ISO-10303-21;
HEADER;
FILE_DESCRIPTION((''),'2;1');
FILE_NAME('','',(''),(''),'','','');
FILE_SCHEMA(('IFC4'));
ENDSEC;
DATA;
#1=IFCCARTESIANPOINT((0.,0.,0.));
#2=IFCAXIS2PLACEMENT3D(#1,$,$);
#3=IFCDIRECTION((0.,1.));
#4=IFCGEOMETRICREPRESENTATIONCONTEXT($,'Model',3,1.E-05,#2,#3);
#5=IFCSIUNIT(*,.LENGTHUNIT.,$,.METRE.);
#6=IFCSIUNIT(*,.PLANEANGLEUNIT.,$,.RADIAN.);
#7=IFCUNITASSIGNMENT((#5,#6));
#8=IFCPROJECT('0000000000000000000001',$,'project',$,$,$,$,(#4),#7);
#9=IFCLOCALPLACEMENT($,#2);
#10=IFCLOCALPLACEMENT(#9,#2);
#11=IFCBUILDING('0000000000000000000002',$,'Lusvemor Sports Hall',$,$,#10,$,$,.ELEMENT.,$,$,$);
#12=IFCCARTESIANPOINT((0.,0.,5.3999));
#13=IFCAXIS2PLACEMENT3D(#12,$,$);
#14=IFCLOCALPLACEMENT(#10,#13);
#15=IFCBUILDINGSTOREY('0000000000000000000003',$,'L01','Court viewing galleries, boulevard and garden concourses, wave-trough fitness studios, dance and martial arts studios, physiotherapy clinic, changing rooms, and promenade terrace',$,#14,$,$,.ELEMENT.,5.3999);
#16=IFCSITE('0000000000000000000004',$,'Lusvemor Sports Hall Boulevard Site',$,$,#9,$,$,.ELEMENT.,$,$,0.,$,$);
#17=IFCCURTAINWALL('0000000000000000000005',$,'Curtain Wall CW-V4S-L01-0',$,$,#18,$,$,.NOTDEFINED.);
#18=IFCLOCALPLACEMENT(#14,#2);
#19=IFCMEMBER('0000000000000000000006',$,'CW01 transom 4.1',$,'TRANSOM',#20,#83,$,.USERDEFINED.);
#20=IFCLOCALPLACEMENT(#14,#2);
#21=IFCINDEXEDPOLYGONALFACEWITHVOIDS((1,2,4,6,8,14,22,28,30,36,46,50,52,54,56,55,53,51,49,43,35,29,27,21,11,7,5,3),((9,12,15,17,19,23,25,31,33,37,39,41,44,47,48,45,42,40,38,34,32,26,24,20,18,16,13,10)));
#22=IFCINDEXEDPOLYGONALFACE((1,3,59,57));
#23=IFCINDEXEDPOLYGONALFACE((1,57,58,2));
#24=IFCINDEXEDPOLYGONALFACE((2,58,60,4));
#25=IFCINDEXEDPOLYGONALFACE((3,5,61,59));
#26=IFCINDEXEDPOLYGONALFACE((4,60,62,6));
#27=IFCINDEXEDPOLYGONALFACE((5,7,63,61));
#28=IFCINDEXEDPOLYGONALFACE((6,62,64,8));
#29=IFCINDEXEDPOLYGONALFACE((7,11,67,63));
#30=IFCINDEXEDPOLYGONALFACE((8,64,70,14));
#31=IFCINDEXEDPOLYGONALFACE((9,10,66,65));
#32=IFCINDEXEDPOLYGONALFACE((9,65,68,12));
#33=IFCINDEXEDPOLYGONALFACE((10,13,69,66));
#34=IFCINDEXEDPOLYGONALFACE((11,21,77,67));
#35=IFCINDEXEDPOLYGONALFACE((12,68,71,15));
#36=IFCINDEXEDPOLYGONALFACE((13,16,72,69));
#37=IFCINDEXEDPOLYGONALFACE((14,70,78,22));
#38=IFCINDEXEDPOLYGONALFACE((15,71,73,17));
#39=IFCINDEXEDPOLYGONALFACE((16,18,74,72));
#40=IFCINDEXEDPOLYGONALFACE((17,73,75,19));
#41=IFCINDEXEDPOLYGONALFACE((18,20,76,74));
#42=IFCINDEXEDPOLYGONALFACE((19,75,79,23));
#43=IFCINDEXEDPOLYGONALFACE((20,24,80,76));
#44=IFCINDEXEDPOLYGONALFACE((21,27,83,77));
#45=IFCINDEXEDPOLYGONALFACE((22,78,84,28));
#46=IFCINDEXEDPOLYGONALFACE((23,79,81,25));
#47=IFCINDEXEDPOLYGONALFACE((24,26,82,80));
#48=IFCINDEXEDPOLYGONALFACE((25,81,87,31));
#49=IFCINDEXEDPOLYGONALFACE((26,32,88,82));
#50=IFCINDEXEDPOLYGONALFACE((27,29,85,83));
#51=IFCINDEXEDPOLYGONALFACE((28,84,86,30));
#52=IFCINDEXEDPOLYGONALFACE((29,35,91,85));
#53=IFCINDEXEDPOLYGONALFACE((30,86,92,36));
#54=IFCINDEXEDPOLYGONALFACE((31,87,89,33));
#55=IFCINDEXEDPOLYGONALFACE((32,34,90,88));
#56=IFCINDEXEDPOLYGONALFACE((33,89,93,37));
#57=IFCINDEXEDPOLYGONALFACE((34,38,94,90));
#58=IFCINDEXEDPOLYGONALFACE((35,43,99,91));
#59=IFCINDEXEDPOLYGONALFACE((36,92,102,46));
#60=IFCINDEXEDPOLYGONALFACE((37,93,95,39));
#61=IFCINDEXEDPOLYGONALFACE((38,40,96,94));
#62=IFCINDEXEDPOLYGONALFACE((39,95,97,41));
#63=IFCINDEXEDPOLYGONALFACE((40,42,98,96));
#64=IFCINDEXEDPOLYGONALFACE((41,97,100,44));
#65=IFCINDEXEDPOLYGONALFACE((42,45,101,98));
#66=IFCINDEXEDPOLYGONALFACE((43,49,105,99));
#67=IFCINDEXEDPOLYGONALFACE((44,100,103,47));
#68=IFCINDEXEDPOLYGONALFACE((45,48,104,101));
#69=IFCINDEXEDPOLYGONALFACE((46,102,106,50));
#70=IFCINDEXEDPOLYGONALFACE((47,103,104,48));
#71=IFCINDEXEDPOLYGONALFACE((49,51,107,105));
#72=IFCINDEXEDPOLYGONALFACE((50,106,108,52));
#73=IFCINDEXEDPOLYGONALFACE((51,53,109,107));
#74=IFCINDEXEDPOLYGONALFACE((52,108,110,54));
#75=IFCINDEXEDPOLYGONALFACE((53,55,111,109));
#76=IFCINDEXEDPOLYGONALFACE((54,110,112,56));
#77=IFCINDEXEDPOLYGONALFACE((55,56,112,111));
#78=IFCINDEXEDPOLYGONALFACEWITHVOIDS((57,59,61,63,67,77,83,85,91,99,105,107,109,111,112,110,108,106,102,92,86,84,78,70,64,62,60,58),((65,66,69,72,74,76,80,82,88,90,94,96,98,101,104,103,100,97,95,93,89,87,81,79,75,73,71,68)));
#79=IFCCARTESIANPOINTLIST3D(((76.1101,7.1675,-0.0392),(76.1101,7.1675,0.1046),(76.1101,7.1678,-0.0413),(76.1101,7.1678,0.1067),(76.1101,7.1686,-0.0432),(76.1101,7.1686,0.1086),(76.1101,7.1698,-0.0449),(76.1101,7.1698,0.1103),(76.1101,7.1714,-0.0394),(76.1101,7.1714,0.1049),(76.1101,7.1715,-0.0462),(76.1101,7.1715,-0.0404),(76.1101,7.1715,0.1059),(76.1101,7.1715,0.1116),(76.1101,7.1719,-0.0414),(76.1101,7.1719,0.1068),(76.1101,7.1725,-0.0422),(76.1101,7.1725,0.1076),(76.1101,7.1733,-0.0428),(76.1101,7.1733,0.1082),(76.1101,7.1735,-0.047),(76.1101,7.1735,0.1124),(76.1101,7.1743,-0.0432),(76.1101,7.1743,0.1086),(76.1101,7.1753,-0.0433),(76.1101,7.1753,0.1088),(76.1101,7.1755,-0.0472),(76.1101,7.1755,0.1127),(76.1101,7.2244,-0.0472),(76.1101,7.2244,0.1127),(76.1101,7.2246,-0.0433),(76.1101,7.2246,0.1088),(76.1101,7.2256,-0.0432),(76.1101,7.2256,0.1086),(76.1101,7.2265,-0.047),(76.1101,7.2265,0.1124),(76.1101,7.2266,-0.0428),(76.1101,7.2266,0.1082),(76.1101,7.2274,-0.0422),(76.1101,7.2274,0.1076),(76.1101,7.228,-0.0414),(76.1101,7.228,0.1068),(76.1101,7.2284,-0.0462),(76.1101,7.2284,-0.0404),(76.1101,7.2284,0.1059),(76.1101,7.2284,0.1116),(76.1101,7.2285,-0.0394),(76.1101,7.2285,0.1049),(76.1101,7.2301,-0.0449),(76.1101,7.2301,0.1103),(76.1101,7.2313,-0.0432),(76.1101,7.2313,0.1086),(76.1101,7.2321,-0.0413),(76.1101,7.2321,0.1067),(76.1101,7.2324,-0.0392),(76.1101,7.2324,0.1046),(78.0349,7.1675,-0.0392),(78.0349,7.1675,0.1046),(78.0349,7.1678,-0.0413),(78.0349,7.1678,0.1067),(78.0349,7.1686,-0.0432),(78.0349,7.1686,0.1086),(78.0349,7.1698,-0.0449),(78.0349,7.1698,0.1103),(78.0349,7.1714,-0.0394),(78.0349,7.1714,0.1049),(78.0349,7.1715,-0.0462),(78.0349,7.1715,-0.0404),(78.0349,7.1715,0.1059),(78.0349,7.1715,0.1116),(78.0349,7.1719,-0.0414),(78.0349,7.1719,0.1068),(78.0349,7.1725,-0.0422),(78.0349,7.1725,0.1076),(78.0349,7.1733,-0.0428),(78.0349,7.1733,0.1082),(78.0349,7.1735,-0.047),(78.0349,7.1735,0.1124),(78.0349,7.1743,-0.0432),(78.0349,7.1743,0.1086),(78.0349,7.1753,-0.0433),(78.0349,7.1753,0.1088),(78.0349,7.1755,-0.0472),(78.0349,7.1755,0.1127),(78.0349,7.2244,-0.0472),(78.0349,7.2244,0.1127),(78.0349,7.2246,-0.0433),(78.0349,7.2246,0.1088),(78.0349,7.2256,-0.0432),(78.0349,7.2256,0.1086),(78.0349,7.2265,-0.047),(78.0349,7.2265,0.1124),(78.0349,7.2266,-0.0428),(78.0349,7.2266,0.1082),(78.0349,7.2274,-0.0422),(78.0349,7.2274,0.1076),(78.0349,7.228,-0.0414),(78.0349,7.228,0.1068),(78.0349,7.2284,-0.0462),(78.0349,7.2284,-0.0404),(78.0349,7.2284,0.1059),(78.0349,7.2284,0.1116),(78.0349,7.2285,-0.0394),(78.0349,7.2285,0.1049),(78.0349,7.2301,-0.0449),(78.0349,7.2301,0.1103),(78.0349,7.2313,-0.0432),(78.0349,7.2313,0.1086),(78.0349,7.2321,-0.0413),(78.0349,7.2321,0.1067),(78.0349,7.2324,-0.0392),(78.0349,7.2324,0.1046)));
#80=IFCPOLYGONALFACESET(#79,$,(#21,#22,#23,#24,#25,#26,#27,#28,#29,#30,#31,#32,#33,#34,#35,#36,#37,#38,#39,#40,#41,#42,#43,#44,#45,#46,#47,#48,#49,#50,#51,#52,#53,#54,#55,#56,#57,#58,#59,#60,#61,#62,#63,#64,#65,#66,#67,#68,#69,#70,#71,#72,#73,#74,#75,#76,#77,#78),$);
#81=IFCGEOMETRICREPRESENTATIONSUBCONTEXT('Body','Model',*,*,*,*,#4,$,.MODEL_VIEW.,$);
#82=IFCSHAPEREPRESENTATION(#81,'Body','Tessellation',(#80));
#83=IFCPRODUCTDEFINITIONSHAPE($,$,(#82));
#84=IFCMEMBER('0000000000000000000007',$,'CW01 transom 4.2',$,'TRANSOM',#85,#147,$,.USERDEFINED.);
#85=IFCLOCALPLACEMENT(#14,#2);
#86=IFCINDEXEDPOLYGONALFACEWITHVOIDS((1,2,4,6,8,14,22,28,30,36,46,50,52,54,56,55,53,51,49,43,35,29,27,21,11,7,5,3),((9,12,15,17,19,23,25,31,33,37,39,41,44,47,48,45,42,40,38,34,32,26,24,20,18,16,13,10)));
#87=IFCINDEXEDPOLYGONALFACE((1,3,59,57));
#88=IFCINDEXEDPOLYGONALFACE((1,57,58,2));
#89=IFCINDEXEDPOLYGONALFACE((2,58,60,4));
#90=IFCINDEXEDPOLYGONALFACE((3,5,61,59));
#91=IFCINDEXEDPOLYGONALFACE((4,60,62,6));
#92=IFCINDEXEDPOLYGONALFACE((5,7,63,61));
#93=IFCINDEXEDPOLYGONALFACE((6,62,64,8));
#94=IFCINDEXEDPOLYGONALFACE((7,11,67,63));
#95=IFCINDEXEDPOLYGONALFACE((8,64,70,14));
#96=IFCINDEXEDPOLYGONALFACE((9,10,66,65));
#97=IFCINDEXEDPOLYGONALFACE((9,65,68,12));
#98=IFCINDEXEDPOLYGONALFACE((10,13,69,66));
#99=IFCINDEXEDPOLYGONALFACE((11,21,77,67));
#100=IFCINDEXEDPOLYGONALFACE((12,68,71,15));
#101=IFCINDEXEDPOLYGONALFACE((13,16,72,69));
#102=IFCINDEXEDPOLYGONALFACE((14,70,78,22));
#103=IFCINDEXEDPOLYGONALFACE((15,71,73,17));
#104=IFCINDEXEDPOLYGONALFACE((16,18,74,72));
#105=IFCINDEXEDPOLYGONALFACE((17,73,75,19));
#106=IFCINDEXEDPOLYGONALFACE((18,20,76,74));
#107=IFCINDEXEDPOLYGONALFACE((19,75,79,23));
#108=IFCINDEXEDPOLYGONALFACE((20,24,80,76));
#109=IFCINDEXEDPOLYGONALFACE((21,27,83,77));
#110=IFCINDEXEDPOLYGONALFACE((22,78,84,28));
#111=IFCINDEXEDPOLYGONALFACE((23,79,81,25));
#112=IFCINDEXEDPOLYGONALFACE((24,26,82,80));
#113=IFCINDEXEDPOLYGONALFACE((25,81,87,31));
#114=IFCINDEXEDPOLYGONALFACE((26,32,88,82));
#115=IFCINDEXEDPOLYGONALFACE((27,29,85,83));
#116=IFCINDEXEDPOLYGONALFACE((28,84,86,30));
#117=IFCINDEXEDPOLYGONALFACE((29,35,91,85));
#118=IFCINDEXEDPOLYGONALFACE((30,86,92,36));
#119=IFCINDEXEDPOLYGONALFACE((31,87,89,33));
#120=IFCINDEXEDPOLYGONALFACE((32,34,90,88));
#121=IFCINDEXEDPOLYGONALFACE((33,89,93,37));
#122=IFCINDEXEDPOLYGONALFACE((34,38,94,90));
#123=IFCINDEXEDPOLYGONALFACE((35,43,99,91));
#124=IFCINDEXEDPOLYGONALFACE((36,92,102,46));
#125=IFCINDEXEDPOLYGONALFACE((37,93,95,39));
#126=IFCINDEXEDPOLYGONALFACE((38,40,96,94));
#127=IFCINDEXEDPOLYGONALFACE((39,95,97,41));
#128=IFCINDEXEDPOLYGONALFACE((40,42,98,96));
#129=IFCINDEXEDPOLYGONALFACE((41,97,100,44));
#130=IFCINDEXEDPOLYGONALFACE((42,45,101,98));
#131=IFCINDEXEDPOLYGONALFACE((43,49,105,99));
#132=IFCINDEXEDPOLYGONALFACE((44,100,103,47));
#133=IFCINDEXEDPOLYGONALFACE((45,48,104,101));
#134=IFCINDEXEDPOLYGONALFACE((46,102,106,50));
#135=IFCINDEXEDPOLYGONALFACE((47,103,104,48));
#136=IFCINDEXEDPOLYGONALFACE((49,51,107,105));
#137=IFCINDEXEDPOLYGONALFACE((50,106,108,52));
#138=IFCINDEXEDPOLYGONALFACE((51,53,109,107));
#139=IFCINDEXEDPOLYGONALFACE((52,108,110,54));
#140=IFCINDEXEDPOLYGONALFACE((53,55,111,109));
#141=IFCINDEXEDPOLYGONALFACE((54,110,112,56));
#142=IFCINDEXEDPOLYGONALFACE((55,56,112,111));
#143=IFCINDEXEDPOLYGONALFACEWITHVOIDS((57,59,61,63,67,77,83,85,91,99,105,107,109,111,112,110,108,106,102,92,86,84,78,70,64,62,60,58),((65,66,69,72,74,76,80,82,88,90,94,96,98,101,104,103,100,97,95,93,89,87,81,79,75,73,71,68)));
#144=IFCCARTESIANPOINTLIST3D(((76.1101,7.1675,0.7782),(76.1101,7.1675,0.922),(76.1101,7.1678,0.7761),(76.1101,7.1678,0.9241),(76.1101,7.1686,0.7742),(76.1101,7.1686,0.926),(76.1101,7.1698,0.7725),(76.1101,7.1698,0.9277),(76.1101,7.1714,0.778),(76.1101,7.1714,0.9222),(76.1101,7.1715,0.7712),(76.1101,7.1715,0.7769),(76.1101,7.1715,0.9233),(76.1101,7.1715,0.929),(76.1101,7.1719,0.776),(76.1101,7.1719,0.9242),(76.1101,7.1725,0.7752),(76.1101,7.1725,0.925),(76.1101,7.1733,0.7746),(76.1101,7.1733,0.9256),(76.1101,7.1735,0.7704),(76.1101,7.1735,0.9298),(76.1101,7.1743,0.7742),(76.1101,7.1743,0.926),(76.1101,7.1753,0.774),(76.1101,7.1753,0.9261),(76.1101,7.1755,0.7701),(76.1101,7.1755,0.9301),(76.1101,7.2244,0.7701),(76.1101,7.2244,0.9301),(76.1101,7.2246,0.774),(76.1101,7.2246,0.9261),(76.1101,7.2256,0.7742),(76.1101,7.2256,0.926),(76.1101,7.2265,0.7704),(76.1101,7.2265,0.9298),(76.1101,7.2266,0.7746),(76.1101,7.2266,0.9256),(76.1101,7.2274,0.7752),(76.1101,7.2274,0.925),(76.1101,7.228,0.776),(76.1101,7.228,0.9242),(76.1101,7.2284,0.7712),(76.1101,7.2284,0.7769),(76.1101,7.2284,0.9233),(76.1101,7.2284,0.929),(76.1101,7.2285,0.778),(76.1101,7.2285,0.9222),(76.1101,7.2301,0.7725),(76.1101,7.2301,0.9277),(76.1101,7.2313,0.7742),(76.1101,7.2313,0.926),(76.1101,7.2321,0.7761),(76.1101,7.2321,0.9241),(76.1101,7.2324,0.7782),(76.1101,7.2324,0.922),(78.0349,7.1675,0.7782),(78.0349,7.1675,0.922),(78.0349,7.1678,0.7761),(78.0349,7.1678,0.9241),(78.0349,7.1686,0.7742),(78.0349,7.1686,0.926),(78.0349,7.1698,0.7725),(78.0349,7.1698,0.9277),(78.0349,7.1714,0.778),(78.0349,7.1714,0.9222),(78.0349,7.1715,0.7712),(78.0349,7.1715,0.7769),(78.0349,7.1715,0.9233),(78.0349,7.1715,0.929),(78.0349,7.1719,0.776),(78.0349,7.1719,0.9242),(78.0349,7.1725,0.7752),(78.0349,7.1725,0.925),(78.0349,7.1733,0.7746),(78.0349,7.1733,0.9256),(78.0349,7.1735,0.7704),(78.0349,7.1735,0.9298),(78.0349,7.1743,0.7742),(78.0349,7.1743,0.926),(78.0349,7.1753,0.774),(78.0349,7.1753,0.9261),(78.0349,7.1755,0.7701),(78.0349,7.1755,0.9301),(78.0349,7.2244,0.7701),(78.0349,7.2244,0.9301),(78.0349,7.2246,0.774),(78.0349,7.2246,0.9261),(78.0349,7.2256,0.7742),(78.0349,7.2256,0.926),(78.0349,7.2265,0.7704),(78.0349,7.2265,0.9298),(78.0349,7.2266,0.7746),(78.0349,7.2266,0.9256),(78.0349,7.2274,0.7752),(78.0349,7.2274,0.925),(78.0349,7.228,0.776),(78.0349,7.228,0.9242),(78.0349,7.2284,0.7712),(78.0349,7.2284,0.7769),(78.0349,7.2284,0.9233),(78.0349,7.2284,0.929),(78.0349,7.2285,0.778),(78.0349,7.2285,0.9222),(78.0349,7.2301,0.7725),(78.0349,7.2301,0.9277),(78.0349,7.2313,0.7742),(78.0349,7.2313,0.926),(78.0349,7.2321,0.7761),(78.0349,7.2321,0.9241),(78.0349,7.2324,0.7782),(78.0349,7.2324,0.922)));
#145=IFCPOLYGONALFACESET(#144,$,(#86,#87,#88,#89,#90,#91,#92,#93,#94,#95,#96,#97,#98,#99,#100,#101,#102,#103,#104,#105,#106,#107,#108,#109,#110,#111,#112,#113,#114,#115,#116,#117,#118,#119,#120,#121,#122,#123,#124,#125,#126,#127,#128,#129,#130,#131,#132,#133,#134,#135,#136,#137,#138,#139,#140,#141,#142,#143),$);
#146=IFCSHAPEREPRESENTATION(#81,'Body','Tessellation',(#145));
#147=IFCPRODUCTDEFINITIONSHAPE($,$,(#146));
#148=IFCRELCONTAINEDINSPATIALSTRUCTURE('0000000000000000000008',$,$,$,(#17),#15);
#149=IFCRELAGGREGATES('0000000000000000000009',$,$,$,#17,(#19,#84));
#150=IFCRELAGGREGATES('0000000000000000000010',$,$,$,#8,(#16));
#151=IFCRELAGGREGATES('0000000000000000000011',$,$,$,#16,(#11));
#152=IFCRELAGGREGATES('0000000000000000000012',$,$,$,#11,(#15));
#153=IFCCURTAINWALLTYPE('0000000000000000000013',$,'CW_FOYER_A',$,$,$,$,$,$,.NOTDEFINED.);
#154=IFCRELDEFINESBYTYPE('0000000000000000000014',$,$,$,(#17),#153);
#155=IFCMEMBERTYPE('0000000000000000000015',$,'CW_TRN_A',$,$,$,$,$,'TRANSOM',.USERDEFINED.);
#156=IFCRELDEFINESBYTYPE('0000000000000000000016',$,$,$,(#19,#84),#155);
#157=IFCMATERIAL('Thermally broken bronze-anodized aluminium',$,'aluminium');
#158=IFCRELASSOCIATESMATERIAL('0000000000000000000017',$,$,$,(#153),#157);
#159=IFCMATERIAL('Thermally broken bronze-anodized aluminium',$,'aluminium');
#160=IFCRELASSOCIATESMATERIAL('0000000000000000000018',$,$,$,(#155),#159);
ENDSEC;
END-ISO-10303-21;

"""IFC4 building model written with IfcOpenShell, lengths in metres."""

from ifc_helpers import new_model, si_unit, direction, frame, origin, origin_2d, place, context, subcontext, project, spatial, hollow_rectangle, extrude, material, material_profile, profile_set, type_object, element, aggregate, save


model = new_model("IFC4")

# Units and contexts
model_context = context("Model", 3, precision=1e-05, world=origin(), true_north=direction((0.0, 1.0)))
body_context = subcontext(model_context, "Body", "Model", "MODEL_VIEW")
ifc_project = project(units=[si_unit("LENGTHUNIT", "METRE"), si_unit("PLANEANGLEUNIT", "RADIAN")], contexts=[model_context])

# Site, building, storey
site_placement = place(None, origin())
site = spatial("IfcSite", under=ifc_project, at=site_placement, Name="Lusvemor Sports Hall Boulevard Site", CompositionType="ELEMENT", RefElevation=0.0)
building_placement = place(site_placement, origin())
building = spatial("IfcBuilding", under=site, at=building_placement, Name="Lusvemor Sports Hall", CompositionType="ELEMENT")
storey_placement = place(building_placement, frame((0.0, 0.0, 5.3999)))
storey = spatial("IfcBuildingStorey", under=building, at=storey_placement, Name="L01", Description="Court viewing galleries, boulevard and garden concourses, wave-trough fitness studios, dance and martial arts studios, physiotherapy clinic, changing rooms, and promenade terrace", CompositionType="ELEMENT", Elevation=5.3999)

# Curtain wall, members
ifc_material_1 = material(Name="Thermally broken bronze-anodized aluminium", Category="aluminium")
curtain_wall_type = type_object("IfcCurtainWallType", Name="CW_FOYER_A", PredefinedType="NOTDEFINED", material=ifc_material_1)
curtain_wall_placement = place(storey_placement, origin())
curtain_wall = element("IfcCurtainWall", 1, at=curtain_wall_placement, inside=storey, type_object=curtain_wall_type, Name="Curtain Wall CW-V4S-L01-0", PredefinedType="NOTDEFINED")
ifc_material_2 = material(Name="Thermally broken bronze-anodized aluminium", Category="aluminium")
ifc_material_profile_1 = material_profile(ifc_material_2, hollow_rectangle(XDim=0.0649, YDim=0.1599, WallThickness=0.0039, InnerFilletRadius=0.0039, OuterFilletRadius=0.0081, at=origin_2d()), Name="CWTRN160x65x4")
ifc_profile_set_1 = profile_set([ifc_material_profile_1], Name="Thermally broken bronze-anodized aluminium")
member_type_1 = type_object("IfcMemberType", Name="CW_TRN_A", ElementType="TRANSOM", PredefinedType="USERDEFINED", material=ifc_profile_set_1)
member_1_placement = place(storey_placement, frame((78.0349, 7.2, 0.0327), z_axis=(-1.0, 0.0, 0.0), x_axis=(0.0, -1.0, 0.0)))
member_1 = element("IfcMember", 2, at=member_1_placement, type_object=member_type_1, Name="CW01 transom 4.1", ObjectType="TRANSOM", PredefinedType="USERDEFINED", context=body_context, shape_type="SweptSolid", body=[
    extrude(hollow_rectangle(XDim=0.0649, YDim=0.1599, WallThickness=0.0039, InnerFilletRadius=0.0039, OuterFilletRadius=0.0081, at=origin_2d()), origin(), (0.0, 0.0, 1.0), 1.9248),
])
member_2_placement = place(storey_placement, frame((78.0349, 7.2, 0.8501), z_axis=(-1.0, 0.0, 0.0), x_axis=(0.0, -1.0, 0.0)))
member_2 = element("IfcMember", 3, at=member_2_placement, type_object=member_type_1, Name="CW01 transom 4.2", ObjectType="TRANSOM", PredefinedType="USERDEFINED", context=body_context, shape_type="SweptSolid", body=[
    extrude(hollow_rectangle(XDim=0.0649, YDim=0.1599, WallThickness=0.0039, InnerFilletRadius=0.0039, OuterFilletRadius=0.0081, at=origin_2d()), origin(), (0.0, 0.0, 1.0), 1.9248),
])

aggregate(curtain_wall, [member_1, member_2])

save(model, "model.ifc")
